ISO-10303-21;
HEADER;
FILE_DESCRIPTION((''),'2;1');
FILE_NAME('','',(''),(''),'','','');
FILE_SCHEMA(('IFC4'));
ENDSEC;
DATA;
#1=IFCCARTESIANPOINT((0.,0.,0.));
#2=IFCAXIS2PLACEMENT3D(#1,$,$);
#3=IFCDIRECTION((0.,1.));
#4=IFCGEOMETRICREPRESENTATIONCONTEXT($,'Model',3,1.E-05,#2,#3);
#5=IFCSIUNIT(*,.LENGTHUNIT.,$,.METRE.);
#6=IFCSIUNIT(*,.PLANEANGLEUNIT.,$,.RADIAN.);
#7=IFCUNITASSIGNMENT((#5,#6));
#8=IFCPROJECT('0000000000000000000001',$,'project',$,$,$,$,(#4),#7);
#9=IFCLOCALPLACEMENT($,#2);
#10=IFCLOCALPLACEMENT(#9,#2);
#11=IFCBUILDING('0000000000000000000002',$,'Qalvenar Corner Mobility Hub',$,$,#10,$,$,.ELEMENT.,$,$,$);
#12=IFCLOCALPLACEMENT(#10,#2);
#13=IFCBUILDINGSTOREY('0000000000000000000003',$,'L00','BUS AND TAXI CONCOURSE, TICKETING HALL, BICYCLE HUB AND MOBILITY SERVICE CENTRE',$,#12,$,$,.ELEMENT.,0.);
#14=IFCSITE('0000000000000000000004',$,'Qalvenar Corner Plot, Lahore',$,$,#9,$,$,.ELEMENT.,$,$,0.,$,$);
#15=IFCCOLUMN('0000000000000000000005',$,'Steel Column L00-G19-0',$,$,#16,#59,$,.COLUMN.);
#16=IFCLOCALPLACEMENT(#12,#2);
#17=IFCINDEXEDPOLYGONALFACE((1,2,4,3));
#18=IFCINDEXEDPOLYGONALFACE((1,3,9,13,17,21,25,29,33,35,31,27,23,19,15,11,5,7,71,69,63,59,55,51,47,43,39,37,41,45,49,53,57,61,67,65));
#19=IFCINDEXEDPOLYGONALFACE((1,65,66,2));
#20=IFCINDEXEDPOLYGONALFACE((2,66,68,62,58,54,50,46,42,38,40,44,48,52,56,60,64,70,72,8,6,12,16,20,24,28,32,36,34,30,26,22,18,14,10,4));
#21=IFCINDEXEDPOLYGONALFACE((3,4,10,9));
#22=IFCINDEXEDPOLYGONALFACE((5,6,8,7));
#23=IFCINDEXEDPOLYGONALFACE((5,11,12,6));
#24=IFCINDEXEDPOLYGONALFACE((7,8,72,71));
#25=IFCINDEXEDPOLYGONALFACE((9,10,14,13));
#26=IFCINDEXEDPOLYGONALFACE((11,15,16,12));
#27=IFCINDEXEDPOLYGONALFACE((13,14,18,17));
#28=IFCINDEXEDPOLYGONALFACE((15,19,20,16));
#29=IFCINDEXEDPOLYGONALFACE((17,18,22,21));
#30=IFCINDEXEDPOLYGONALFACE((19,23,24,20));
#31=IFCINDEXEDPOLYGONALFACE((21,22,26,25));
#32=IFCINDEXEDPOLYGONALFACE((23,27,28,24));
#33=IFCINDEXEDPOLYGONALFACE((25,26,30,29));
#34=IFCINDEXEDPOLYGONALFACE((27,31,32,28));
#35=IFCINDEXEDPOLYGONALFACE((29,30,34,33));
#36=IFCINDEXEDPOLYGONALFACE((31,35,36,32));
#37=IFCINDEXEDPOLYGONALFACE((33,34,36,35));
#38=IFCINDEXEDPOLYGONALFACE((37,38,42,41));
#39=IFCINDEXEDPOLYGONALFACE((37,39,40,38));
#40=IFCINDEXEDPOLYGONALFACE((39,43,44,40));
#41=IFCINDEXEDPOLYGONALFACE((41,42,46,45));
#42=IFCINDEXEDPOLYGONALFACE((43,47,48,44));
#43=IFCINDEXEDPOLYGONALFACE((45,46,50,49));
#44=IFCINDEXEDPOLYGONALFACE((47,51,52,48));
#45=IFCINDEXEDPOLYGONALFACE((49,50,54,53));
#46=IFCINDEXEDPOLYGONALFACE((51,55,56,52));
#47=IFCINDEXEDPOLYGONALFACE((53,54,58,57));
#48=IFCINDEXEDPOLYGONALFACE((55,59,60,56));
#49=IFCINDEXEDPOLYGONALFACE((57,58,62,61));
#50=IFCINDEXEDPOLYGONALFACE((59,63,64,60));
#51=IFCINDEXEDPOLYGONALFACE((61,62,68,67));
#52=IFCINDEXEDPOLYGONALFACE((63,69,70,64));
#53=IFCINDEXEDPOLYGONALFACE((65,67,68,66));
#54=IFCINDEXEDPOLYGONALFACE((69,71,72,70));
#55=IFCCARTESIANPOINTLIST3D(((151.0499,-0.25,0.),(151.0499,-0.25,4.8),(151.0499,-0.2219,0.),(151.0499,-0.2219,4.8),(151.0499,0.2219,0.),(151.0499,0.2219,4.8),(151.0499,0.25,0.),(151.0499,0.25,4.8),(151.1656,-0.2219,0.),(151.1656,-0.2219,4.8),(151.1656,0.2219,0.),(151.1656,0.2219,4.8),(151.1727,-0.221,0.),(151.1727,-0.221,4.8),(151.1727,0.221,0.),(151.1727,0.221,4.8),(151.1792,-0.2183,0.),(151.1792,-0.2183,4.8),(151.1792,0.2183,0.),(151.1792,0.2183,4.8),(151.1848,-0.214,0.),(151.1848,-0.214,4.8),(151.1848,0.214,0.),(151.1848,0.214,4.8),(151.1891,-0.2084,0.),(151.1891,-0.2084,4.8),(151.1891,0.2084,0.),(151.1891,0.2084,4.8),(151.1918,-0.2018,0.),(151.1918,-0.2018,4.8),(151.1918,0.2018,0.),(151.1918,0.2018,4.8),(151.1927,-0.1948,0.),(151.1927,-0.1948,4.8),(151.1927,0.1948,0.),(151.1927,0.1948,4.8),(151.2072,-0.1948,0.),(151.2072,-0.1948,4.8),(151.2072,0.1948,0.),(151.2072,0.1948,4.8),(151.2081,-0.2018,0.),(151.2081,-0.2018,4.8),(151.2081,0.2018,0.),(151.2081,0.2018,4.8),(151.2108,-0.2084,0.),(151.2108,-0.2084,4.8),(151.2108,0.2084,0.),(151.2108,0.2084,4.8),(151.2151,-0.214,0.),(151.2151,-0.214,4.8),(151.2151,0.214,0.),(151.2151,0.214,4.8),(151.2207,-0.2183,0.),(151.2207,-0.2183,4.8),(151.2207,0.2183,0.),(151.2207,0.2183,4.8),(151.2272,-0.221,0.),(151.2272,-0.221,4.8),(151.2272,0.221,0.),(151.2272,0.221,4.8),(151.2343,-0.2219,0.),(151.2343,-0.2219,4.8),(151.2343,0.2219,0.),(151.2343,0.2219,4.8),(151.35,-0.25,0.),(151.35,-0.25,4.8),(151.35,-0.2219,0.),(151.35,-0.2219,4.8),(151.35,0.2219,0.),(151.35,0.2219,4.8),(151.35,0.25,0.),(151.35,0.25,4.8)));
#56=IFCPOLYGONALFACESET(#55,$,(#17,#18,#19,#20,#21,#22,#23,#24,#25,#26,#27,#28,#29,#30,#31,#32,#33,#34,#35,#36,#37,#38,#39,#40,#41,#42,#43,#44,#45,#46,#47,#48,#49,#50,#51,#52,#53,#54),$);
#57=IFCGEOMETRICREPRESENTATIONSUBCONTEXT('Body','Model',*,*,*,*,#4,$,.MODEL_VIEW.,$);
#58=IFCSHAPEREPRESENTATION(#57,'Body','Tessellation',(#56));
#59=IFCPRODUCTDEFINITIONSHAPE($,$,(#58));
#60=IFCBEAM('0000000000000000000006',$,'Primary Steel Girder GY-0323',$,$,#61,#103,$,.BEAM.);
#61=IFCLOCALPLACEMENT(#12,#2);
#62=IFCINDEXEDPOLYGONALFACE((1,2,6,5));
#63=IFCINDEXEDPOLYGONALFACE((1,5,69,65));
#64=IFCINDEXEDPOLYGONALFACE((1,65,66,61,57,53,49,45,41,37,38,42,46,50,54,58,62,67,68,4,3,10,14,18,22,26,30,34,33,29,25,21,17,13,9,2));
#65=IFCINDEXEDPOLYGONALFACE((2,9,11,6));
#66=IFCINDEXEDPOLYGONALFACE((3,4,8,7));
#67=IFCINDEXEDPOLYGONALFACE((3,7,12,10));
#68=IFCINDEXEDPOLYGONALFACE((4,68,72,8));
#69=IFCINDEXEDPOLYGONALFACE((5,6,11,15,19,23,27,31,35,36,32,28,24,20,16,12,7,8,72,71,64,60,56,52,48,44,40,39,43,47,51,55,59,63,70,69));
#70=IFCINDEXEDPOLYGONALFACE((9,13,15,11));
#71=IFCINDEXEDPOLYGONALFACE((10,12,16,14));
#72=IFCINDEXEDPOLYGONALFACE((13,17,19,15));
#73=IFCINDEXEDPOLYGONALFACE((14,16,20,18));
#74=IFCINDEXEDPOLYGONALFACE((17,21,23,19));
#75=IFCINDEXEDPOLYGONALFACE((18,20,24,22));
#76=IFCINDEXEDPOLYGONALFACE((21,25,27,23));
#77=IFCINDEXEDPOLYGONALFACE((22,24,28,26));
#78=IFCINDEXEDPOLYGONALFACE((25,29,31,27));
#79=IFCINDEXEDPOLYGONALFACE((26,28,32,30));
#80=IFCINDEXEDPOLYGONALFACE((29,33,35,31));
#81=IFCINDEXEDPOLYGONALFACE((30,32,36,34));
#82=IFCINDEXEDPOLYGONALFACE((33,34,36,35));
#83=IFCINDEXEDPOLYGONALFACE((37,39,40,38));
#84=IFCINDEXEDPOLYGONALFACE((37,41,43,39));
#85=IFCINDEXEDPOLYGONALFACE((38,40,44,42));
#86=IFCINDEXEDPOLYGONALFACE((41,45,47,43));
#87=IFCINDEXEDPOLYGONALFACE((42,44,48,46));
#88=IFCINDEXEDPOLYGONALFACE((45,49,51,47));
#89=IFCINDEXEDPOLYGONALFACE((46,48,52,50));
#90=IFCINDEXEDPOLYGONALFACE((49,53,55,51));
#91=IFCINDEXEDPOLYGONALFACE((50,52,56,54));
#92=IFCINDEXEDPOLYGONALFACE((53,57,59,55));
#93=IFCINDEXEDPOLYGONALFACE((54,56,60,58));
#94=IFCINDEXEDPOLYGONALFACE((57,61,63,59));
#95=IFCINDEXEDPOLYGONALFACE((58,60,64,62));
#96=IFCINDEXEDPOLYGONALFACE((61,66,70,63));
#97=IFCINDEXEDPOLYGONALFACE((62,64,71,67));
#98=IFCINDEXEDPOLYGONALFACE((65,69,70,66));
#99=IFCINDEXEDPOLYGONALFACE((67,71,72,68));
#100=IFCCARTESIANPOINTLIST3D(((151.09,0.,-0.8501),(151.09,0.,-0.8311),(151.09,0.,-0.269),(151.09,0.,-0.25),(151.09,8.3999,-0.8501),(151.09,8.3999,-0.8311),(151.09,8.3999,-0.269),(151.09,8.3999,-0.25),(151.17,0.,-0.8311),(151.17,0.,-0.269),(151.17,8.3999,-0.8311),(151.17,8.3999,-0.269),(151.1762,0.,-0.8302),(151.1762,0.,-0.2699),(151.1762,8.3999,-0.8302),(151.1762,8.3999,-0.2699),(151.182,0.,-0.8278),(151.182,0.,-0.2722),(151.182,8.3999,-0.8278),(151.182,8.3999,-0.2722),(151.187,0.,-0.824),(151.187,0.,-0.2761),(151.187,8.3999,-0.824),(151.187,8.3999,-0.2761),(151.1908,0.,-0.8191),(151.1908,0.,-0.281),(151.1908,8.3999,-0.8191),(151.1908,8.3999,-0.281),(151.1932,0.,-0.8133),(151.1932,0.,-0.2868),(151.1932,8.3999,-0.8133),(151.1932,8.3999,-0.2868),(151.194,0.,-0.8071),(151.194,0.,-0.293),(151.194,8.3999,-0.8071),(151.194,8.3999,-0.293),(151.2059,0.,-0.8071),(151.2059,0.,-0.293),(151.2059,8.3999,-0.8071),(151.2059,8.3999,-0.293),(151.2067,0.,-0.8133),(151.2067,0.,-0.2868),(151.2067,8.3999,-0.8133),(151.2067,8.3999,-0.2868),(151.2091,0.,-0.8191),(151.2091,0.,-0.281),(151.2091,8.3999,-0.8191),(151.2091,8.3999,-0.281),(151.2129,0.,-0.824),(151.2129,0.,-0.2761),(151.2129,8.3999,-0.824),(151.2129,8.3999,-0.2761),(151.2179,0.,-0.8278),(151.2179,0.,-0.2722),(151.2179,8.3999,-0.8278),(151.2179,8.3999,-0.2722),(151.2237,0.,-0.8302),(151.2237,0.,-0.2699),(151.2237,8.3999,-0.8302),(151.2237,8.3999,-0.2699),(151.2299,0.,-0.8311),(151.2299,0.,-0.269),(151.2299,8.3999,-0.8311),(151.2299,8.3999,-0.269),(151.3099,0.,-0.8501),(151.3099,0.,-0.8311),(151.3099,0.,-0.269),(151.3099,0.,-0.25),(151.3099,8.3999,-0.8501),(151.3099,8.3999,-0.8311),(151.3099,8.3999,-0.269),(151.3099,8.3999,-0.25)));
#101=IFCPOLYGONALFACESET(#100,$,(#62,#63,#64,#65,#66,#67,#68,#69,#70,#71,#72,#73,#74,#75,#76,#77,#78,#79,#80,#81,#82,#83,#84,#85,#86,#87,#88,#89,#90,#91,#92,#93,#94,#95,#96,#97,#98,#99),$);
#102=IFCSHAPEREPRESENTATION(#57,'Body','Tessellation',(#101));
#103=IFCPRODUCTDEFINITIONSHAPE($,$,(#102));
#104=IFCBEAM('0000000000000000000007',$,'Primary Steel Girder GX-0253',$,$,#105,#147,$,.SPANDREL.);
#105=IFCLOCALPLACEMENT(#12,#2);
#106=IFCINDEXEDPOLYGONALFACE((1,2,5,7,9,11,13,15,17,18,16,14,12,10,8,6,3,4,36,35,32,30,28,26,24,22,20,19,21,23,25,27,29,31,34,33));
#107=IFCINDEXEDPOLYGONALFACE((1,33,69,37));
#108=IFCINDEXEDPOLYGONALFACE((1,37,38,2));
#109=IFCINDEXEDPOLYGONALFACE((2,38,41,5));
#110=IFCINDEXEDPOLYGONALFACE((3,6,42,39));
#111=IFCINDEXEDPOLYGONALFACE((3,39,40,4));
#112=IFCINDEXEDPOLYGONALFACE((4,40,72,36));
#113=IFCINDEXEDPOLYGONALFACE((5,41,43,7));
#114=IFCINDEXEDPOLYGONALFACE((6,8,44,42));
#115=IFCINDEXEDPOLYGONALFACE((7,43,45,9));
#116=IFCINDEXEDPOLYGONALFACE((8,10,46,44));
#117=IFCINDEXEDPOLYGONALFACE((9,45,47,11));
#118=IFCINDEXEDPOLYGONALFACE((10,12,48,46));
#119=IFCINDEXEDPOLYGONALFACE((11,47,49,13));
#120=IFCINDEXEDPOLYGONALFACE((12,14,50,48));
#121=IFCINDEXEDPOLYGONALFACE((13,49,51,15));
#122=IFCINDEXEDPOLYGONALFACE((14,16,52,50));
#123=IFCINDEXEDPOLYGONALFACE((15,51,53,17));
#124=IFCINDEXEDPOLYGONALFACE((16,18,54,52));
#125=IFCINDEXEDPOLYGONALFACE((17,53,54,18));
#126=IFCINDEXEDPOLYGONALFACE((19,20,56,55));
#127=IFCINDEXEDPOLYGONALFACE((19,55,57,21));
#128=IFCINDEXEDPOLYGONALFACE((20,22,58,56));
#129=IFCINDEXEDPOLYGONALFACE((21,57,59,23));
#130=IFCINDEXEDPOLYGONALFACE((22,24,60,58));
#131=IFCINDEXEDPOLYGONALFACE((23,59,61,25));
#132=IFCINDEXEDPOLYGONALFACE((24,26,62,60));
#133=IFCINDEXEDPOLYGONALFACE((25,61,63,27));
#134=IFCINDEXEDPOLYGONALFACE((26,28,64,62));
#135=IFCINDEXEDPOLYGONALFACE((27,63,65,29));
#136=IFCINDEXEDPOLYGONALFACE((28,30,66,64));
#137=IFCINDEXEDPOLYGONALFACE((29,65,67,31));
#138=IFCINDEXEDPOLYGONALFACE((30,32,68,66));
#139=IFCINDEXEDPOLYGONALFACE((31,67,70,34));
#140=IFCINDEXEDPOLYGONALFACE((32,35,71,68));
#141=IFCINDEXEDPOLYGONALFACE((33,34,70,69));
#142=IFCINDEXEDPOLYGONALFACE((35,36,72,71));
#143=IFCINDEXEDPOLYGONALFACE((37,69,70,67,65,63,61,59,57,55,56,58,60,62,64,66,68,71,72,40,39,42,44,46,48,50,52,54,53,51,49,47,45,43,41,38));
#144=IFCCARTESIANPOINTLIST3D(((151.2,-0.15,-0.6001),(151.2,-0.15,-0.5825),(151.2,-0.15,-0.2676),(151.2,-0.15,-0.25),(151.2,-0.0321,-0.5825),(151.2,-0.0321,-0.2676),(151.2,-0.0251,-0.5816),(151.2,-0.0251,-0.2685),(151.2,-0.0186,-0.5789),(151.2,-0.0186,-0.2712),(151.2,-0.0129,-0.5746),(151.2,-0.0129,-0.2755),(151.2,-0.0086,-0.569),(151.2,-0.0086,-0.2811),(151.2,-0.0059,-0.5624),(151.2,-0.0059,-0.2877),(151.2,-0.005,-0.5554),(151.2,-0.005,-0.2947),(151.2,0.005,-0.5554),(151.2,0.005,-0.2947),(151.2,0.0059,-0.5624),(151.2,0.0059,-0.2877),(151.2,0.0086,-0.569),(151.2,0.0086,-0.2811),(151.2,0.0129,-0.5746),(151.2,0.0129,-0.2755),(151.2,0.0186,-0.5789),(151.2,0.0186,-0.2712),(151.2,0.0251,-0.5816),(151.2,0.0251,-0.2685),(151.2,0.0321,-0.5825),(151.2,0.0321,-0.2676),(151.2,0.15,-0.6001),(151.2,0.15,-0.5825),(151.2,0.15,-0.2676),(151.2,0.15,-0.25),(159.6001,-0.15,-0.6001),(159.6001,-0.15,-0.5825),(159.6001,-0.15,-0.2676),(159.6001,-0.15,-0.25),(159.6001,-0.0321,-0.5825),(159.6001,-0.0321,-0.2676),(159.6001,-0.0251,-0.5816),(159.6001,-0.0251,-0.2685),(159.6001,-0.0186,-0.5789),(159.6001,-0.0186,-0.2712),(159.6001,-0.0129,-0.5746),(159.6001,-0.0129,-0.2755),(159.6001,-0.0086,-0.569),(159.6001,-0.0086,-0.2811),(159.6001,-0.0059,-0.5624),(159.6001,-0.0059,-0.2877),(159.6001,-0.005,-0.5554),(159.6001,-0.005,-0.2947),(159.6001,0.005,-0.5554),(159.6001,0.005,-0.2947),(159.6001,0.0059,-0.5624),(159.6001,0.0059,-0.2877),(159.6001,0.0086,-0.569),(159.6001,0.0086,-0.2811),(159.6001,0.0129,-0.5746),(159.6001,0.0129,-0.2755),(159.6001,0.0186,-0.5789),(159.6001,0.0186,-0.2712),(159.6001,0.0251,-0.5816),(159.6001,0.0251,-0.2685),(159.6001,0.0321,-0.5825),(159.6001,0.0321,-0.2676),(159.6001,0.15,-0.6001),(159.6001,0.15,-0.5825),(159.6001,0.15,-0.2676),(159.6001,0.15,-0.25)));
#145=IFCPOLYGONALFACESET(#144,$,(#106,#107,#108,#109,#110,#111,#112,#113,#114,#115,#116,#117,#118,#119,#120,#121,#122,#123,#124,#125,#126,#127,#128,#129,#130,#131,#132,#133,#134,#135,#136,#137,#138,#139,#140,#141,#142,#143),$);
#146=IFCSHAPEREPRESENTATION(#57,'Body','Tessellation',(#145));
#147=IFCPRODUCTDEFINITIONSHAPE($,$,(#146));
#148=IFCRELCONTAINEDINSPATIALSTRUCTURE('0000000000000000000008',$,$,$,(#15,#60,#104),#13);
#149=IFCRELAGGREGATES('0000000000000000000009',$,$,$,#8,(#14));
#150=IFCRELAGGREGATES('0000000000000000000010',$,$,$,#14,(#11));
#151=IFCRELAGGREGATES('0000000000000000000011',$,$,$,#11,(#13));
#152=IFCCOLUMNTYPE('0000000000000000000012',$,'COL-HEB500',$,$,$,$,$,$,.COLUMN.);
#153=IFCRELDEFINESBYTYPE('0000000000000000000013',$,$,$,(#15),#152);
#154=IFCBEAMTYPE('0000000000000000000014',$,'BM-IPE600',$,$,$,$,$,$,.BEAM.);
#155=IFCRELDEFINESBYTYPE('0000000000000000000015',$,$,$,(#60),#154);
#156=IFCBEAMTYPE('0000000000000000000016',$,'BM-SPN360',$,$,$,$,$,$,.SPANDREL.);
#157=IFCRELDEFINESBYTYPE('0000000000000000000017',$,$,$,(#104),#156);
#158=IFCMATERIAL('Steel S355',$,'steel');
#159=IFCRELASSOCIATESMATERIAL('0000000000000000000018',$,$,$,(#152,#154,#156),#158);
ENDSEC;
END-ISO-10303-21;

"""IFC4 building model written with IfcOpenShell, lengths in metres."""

from ifc_helpers import new_model, si_unit, direction, frame, origin, origin_2d, place, context, subcontext, project, spatial, i_section, extrude, material, material_profile, profile_set, type_object, element, save


model = new_model("IFC4")

# Units and contexts
model_context = context("Model", 3, precision=1e-05, world=origin(), true_north=direction((0.0, 1.0)))
body_context = subcontext(model_context, "Body", "Model", "MODEL_VIEW")
ifc_project = project(units=[si_unit("LENGTHUNIT", "METRE"), si_unit("PLANEANGLEUNIT", "RADIAN")], contexts=[model_context])

# Site, building, storey
site_placement = place(None, origin())
site = spatial("IfcSite", under=ifc_project, at=site_placement, Name="Qalvenar Corner Plot, Lahore", CompositionType="ELEMENT", RefElevation=0.0)
building_placement = place(site_placement, origin())
building = spatial("IfcBuilding", under=site, at=building_placement, Name="Qalvenar Corner Mobility Hub", CompositionType="ELEMENT")
storey_placement = place(building_placement, origin())
storey = spatial("IfcBuildingStorey", under=building, at=storey_placement, Name="L00", Description="BUS AND TAXI CONCOURSE, TICKETING HALL, BICYCLE HUB AND MOBILITY SERVICE CENTRE", CompositionType="ELEMENT", Elevation=0.0)

# Column
ifc_material_1 = material(Name="Steel S355", Category="steel")
ifc_material_profile_1 = material_profile(ifc_material_1, i_section(OverallWidth=0.3, OverallDepth=0.5, WebThickness=0.0144, FlangeThickness=0.0281, FilletRadius=0.0271, at=origin_2d()), Name="HEB500")
ifc_profile_set_1 = profile_set([ifc_material_profile_1], Name="Steel S355")
column_type = type_object("IfcColumnType", Name="COL-HEB500", PredefinedType="COLUMN", material=ifc_profile_set_1)
column_placement = place(storey_placement, frame((151.2, 0.0, 0.0), z_axis=(0.0, 0.0, 1.0), x_axis=(1.0, 0.0, 0.0)))
element("IfcColumn", 1, at=column_placement, inside=storey, type_object=column_type, Name="Steel Column L00-G19-0", PredefinedType="COLUMN", context=body_context, shape_type="SweptSolid", body=[
    extrude(i_section(OverallWidth=0.3, OverallDepth=0.5, WebThickness=0.0144, FlangeThickness=0.0281, FilletRadius=0.0271, at=origin_2d()), origin(), (0.0, 0.0, 1.0), 4.8),
])

# Beams
ifc_material_profile_2 = material_profile(ifc_material_1, i_section(OverallWidth=0.22, OverallDepth=0.6001, WebThickness=0.012, FlangeThickness=0.019, FilletRadius=0.0239, at=origin_2d()), Name="IPE600")
ifc_profile_set_2 = profile_set([ifc_material_profile_2], Name="Steel S355")
beam_type_1 = type_object("IfcBeamType", Name="BM-IPE600", PredefinedType="BEAM", material=ifc_profile_set_2)
beam_1_placement = place(storey_placement, frame((151.2, 0.0, -0.55), z_axis=(0.0, 1.0, 0.0), x_axis=(-1.0, 0.0, 0.0)))
element("IfcBeam", 2, at=beam_1_placement, inside=storey, type_object=beam_type_1, Name="Primary Steel Girder GY-0323", PredefinedType="BEAM", context=body_context, shape_type="SweptSolid", body=[
    extrude(i_section(OverallWidth=0.22, OverallDepth=0.6001, WebThickness=0.012, FlangeThickness=0.019, FilletRadius=0.0239, at=origin_2d()), origin(), (0.0, 0.0, 1.0), 8.3999),
])
ifc_material_profile_3 = material_profile(ifc_material_1, i_section(OverallWidth=0.3, OverallDepth=0.3501, WebThickness=0.01, FlangeThickness=0.0176, FilletRadius=0.0271, at=origin_2d()), Name="HEA360")
ifc_profile_set_3 = profile_set([ifc_material_profile_3], Name="Steel S355")
beam_type_2 = type_object("IfcBeamType", Name="BM-SPN360", PredefinedType="SPANDREL", material=ifc_profile_set_3)
beam_2_placement = place(storey_placement, frame((151.2, 0.0, -0.425), z_axis=(1.0, 0.0, 0.0), x_axis=(0.0, 1.0, 0.0)))
element("IfcBeam", 3, at=beam_2_placement, inside=storey, type_object=beam_type_2, Name="Primary Steel Girder GX-0253", PredefinedType="SPANDREL", context=body_context, shape_type="SweptSolid", body=[
    extrude(i_section(OverallWidth=0.3, OverallDepth=0.3501, WebThickness=0.01, FlangeThickness=0.0176, FilletRadius=0.0271, at=origin_2d()), origin(), (0.0, 0.0, 1.0), 8.4001),
])

save(model, "model.ifc")
